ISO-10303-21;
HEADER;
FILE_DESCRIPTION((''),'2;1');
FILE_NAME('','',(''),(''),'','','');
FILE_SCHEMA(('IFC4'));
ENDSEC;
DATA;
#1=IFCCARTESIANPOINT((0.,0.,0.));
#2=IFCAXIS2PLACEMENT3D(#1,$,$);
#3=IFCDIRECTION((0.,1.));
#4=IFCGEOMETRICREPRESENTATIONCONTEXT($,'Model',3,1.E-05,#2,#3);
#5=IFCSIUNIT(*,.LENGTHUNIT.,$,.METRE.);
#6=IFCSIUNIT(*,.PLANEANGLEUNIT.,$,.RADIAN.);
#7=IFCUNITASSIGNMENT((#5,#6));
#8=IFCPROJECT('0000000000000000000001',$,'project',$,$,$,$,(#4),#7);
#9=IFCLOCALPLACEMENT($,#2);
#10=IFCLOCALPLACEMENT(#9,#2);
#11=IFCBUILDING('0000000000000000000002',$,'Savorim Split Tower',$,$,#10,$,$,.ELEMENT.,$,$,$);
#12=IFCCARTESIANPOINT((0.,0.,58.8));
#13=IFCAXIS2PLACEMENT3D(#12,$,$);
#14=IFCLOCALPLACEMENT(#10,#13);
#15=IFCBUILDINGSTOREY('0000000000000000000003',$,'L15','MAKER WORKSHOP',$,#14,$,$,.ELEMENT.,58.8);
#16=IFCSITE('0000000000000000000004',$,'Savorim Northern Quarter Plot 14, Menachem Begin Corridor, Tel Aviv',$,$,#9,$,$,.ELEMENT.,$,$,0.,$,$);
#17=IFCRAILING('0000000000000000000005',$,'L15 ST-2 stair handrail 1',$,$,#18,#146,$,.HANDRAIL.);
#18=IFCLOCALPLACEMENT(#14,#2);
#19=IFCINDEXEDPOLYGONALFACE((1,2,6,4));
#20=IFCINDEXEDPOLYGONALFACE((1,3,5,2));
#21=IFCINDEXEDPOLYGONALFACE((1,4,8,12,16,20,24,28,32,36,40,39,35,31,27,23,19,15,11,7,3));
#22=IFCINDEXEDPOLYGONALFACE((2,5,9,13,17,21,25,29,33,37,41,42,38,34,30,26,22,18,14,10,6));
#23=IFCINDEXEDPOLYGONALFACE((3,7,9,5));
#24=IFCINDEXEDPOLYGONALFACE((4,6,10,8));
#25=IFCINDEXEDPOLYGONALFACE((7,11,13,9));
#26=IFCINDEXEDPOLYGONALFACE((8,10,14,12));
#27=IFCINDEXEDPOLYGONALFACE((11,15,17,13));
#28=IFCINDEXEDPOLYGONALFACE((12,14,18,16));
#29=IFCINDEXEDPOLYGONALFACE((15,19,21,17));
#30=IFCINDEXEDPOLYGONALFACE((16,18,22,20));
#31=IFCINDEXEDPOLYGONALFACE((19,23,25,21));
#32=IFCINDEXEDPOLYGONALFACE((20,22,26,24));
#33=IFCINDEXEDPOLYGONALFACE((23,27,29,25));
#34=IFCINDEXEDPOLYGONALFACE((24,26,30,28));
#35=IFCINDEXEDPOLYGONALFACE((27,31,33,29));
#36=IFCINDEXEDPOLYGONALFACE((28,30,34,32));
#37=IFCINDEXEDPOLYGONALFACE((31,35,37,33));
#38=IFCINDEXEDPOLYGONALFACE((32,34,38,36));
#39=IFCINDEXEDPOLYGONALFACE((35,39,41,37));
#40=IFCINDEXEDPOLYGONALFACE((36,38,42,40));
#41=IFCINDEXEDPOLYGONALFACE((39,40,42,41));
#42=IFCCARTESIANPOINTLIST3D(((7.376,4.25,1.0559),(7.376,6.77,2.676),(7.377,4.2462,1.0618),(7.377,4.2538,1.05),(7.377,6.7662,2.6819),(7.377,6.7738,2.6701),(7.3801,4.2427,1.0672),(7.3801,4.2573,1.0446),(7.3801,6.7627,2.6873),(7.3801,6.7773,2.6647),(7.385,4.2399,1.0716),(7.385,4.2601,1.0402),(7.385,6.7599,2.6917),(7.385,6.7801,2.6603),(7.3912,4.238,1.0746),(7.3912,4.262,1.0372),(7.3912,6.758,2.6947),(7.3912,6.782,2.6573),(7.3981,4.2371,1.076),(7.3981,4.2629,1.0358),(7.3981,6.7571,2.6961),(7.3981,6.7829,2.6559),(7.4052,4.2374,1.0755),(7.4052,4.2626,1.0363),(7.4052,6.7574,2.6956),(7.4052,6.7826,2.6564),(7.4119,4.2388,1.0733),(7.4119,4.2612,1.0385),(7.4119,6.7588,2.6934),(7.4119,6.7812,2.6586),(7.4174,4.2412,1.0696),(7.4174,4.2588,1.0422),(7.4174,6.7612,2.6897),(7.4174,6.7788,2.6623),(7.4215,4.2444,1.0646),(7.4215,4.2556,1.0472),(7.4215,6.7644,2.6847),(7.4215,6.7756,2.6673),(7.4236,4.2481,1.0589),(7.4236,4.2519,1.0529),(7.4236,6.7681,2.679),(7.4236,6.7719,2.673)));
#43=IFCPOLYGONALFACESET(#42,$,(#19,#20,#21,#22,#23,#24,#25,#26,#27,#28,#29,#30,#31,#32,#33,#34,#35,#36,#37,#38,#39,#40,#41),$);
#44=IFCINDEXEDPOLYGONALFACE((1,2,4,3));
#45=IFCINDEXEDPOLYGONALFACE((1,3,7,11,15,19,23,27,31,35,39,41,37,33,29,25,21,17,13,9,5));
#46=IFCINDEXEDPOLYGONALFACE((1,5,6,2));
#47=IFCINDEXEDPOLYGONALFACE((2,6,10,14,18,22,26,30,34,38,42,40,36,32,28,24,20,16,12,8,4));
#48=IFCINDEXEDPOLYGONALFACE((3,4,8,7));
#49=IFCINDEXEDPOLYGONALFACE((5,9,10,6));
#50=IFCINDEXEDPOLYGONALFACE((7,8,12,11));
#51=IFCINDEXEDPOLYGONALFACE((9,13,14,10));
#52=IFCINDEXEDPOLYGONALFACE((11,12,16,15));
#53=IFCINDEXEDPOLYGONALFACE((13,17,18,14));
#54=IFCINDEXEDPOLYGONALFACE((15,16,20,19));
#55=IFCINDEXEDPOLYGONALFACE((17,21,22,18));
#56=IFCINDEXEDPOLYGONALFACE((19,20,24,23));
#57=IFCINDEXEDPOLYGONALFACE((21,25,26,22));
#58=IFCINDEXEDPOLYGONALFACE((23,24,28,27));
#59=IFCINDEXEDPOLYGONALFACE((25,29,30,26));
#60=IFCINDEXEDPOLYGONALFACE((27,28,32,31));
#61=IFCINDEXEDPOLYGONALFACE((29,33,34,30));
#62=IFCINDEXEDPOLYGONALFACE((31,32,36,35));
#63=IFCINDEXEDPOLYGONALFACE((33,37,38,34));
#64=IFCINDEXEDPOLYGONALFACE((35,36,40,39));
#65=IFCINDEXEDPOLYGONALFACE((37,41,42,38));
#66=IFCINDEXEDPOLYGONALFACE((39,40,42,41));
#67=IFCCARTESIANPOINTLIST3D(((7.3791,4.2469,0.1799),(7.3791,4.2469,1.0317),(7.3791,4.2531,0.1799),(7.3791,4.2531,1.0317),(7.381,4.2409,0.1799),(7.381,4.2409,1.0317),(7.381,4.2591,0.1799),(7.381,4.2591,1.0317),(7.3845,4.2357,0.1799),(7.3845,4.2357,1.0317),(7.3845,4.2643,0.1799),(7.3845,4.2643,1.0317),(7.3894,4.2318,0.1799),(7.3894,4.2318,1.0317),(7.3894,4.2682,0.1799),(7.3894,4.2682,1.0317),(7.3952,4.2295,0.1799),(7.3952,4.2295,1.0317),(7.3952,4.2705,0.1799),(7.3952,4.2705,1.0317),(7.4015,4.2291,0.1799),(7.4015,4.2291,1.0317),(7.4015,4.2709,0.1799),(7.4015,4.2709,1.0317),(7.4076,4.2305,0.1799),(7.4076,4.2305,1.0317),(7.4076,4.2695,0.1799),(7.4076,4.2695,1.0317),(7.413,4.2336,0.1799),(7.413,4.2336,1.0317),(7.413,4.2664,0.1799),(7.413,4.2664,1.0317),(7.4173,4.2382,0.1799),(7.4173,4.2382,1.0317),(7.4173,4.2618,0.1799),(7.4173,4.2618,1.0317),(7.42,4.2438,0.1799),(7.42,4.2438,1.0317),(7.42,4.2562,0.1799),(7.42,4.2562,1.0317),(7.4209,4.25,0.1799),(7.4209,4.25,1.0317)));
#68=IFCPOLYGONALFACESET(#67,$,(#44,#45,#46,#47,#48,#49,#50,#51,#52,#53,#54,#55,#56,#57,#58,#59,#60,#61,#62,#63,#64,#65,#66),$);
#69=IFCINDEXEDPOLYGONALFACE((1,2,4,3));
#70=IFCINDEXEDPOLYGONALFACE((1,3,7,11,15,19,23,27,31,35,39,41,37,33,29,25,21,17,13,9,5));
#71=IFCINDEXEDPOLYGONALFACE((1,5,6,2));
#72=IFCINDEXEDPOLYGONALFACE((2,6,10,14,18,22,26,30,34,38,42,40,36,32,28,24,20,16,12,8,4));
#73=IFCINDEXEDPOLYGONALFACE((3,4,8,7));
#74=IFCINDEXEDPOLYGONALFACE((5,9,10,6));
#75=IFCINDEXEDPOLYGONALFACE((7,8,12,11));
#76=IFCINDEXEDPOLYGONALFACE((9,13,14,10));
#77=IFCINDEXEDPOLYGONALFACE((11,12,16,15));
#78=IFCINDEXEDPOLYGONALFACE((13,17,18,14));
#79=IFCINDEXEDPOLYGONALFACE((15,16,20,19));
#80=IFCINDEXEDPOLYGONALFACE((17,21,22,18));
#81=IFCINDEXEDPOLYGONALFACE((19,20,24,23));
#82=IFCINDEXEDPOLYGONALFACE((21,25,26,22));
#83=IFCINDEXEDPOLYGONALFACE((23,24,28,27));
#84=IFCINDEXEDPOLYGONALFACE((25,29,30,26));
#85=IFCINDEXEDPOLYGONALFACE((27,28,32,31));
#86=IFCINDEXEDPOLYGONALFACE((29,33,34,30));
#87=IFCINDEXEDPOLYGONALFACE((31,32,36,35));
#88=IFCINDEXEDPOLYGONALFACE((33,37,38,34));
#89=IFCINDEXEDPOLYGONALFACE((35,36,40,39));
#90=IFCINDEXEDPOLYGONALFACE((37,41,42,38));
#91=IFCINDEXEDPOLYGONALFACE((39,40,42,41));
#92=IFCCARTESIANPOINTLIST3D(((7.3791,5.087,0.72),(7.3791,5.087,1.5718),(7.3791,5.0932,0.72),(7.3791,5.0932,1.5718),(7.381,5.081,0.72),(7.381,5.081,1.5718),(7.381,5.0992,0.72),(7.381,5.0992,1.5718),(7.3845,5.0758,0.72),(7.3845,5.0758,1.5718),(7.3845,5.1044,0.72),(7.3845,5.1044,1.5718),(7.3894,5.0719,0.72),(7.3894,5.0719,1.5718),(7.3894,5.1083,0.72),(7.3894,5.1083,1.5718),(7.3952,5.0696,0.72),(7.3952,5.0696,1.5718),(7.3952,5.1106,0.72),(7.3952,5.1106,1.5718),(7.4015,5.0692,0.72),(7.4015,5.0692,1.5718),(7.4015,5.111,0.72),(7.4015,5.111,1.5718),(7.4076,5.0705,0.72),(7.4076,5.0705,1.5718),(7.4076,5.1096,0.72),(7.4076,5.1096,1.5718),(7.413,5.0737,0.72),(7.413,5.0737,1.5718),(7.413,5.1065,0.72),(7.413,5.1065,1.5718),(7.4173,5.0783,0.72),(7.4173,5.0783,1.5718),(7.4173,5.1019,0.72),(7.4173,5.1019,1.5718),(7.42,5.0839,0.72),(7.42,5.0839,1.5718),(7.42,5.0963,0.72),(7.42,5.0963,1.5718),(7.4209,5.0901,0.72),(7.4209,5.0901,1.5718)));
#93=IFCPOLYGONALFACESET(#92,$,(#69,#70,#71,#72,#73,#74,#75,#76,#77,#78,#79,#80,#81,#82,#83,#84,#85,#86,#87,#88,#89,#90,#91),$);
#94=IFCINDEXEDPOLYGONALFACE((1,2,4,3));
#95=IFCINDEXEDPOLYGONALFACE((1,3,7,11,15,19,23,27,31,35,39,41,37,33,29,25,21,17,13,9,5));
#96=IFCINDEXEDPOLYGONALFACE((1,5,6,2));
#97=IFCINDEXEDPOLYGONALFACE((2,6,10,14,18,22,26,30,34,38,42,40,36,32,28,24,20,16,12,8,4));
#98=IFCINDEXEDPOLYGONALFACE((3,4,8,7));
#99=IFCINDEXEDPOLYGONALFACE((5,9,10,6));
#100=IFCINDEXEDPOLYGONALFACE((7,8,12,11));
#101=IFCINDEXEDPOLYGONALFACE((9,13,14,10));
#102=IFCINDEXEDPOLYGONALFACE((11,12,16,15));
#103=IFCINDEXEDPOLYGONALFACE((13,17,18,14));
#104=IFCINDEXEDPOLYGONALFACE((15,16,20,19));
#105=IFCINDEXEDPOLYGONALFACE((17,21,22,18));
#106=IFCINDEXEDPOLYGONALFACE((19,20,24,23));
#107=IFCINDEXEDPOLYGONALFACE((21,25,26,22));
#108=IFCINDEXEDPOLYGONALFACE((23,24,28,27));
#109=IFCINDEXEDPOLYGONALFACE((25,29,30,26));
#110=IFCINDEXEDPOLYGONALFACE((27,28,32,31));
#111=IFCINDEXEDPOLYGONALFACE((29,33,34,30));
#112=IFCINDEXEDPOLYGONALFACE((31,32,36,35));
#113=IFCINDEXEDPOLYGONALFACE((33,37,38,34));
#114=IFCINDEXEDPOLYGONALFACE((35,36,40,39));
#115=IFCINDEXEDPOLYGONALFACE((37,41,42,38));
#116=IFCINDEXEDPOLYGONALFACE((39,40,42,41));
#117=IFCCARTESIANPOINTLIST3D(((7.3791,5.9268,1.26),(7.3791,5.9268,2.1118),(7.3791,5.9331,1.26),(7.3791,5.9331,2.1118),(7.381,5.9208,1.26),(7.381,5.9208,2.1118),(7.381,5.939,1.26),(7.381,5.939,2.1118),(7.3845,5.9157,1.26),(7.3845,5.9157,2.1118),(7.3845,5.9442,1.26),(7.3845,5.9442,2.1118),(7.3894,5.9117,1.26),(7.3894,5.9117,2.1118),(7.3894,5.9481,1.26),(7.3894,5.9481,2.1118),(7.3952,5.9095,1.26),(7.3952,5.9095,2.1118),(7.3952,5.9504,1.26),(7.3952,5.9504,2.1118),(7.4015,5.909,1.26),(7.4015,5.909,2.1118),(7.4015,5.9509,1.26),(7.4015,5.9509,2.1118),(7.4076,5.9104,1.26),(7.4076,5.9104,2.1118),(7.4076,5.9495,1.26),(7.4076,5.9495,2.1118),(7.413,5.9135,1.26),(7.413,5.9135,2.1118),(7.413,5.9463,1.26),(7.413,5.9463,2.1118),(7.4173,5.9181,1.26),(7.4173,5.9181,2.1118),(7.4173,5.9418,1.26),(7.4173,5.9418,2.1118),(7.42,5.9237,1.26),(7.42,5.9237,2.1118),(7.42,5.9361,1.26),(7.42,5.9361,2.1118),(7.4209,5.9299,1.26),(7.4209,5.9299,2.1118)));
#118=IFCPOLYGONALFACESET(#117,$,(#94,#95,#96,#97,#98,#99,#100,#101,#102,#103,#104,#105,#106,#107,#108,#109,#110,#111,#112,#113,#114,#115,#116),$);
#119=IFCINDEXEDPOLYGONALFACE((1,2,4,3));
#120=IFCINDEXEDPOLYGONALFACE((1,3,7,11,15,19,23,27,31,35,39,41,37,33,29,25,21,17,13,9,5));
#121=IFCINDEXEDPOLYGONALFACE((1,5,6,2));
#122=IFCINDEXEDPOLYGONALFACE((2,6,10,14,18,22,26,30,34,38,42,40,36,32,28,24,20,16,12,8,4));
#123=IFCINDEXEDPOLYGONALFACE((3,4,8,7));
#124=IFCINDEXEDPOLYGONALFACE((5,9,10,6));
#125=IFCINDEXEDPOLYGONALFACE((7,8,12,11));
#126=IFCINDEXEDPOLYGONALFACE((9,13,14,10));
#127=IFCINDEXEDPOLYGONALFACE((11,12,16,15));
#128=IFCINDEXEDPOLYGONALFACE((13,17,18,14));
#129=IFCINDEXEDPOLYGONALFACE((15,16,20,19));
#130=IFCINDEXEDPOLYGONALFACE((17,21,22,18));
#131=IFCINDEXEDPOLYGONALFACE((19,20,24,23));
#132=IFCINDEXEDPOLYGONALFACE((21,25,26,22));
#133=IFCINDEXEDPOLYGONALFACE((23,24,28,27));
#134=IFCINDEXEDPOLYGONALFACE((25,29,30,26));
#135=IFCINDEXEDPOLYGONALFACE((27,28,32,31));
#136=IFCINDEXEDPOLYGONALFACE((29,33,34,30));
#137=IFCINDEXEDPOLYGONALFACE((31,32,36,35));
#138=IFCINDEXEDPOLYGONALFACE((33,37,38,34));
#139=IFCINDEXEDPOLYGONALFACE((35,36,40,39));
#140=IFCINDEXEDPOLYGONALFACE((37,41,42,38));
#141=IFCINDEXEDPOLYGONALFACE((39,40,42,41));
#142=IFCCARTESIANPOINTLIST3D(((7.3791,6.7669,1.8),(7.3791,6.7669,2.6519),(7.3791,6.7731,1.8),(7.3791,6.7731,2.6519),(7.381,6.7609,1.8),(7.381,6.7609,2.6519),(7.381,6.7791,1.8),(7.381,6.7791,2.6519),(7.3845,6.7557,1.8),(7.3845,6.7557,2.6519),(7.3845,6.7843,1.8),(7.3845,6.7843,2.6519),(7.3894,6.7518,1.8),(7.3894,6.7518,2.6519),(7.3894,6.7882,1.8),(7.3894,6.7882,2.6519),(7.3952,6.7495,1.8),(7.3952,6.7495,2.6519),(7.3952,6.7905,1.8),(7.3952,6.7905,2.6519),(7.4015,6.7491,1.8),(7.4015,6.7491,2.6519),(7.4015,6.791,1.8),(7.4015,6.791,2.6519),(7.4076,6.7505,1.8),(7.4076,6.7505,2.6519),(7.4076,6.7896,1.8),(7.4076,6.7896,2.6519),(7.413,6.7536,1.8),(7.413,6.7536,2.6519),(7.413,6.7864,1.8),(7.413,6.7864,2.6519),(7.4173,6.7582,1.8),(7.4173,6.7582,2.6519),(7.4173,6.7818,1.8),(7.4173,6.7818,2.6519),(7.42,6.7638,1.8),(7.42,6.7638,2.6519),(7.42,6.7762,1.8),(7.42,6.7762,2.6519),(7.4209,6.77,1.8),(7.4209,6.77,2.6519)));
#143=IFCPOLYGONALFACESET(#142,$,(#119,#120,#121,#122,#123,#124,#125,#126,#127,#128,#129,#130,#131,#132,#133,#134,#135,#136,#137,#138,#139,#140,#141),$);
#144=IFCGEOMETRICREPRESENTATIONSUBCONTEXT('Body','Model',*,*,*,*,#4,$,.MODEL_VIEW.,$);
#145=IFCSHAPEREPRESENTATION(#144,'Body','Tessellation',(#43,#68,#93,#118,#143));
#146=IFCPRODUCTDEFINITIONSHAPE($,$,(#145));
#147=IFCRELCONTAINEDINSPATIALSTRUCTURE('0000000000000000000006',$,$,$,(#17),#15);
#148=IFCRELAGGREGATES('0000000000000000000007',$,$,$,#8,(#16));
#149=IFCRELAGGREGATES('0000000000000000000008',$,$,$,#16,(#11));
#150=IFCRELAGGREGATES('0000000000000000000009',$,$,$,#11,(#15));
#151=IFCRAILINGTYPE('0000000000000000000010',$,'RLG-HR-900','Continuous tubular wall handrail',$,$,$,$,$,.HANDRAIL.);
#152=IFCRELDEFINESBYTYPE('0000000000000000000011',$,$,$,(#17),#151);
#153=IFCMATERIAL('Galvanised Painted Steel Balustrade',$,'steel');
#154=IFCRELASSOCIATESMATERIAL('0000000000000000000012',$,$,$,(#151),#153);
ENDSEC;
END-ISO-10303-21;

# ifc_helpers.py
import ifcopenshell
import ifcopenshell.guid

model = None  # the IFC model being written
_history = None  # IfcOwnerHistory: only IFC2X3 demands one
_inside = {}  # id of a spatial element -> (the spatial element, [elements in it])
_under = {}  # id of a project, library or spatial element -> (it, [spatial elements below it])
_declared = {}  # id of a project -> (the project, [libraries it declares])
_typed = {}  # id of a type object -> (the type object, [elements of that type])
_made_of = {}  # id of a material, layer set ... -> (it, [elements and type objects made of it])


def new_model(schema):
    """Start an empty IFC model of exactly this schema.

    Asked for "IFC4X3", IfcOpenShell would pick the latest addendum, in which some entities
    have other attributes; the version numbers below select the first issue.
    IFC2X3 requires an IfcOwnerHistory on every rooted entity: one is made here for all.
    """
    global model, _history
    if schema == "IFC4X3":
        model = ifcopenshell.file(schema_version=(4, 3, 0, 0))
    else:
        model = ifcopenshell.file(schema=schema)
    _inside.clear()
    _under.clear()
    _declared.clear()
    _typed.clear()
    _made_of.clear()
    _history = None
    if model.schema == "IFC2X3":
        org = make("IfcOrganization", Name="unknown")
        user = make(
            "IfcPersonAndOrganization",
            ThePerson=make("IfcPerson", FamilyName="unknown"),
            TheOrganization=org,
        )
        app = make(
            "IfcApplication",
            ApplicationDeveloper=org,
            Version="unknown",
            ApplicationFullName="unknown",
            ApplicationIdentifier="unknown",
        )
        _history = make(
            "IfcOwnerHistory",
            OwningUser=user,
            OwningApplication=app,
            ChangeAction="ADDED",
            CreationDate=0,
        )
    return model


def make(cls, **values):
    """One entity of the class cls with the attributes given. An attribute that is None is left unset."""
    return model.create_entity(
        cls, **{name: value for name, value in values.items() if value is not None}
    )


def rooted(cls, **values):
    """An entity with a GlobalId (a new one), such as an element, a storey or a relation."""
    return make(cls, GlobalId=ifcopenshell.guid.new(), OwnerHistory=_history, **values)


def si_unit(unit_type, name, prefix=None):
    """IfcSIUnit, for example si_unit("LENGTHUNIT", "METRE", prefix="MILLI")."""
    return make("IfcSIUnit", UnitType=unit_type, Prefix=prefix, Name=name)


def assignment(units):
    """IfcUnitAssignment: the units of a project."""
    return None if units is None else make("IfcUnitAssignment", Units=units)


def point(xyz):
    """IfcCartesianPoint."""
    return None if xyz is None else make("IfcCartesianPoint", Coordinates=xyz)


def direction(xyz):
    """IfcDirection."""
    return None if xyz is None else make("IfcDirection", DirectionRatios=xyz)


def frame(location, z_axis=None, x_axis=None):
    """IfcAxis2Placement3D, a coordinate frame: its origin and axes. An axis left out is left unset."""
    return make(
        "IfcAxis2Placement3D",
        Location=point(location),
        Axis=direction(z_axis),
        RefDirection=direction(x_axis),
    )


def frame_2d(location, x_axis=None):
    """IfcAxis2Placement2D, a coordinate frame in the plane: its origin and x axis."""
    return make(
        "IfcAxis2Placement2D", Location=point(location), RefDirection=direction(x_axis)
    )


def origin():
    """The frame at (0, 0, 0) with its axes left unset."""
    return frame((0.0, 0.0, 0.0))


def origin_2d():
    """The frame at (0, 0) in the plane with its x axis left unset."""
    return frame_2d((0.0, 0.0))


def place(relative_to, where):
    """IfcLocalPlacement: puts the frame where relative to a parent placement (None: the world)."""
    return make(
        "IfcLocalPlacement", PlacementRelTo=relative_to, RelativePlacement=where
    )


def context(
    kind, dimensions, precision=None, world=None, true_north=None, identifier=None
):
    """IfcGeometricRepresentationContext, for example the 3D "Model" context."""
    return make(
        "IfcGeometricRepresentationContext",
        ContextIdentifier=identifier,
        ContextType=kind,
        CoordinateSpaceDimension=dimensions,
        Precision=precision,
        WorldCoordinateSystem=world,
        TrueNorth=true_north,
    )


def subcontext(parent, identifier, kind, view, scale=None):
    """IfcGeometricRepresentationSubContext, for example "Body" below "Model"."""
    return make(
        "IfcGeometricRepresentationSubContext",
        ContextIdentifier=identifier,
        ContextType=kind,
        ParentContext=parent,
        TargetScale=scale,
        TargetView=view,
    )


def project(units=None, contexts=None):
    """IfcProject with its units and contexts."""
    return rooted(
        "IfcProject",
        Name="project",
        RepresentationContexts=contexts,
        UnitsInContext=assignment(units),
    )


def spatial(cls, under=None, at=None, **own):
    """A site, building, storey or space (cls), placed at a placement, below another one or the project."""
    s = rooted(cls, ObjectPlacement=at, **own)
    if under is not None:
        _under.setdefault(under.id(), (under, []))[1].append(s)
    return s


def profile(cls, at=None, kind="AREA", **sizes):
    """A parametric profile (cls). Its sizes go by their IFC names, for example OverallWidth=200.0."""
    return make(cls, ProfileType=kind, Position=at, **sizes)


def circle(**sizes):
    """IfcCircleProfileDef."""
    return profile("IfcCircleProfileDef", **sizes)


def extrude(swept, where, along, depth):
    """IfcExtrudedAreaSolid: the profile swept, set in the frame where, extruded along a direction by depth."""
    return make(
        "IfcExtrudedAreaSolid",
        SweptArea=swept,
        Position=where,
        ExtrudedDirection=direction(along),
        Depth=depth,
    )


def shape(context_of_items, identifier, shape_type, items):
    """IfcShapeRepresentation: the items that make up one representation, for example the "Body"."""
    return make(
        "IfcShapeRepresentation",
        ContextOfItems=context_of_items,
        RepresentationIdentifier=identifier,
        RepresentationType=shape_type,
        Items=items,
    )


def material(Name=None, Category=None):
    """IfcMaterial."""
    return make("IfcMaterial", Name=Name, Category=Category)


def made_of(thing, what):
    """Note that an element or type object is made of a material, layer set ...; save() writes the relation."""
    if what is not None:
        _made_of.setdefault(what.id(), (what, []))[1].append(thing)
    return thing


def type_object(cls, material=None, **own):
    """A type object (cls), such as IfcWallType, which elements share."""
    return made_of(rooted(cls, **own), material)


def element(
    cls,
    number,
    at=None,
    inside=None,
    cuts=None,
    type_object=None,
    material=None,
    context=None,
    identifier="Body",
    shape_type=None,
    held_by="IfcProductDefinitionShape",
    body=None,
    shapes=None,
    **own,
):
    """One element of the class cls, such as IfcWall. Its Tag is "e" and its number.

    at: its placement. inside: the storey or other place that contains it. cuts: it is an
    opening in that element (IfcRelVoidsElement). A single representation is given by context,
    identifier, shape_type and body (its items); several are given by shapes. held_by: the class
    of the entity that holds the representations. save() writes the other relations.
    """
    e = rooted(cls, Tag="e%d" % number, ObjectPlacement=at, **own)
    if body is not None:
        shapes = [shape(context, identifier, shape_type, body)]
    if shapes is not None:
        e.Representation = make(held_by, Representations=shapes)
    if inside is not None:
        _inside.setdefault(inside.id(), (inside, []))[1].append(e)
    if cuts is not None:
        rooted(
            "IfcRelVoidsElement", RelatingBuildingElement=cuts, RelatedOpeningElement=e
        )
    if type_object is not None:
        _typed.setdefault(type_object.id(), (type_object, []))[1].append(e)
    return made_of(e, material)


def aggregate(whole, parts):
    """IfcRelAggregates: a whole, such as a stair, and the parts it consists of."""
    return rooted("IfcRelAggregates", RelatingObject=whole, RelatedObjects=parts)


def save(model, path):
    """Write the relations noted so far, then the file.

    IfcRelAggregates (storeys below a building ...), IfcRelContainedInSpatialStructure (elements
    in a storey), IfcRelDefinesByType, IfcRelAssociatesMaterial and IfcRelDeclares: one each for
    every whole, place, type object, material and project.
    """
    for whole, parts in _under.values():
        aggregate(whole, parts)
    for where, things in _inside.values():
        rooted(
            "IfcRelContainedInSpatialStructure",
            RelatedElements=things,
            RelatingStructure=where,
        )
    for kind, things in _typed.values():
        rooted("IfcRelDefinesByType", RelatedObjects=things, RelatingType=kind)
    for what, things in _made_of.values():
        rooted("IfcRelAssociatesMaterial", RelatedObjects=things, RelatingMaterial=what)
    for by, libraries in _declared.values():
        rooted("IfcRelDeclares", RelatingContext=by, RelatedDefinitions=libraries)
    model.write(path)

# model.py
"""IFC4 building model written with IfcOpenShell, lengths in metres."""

from ifc_helpers import new_model, si_unit, direction, frame, origin, origin_2d, place, context, subcontext, project, spatial, circle, extrude, material, type_object, element, save


model = new_model("IFC4")

# Units and contexts
model_context = context("Model", 3, precision=1e-05, world=origin(), true_north=direction((0.0, 1.0)))
body_context = subcontext(model_context, "Body", "Model", "MODEL_VIEW")
ifc_project = project(units=[si_unit("LENGTHUNIT", "METRE"), si_unit("PLANEANGLEUNIT", "RADIAN")], contexts=[model_context])

# Site, building, storey
site_placement = place(None, origin())
site = spatial("IfcSite", under=ifc_project, at=site_placement, Name="Savorim Northern Quarter Plot 14, Menachem Begin Corridor, Tel Aviv", CompositionType="ELEMENT", RefElevation=0.0)
building_placement = place(site_placement, origin())
building = spatial("IfcBuilding", under=site, at=building_placement, Name="Savorim Split Tower", CompositionType="ELEMENT")
storey_placement = place(building_placement, frame((0.0, 0.0, 58.8)))
storey = spatial("IfcBuildingStorey", under=building, at=storey_placement, Name="L15", Description="MAKER WORKSHOP", CompositionType="ELEMENT", Elevation=58.8)

# Railing
ifc_material_1 = material(Name="Galvanised Painted Steel Balustrade", Category="steel")
railing_type_1 = type_object("IfcRailingType", Name="RLG-HR-900", Description="Continuous tubular wall handrail", PredefinedType="HANDRAIL", material=ifc_material_1)
railing_1_placement = place(storey_placement, frame((7.3999, 4.25, 0.1799)))
element("IfcRailing", 1, at=railing_1_placement, inside=storey, type_object=railing_type_1, Name="L15 ST-2 stair handrail 1", PredefinedType="HANDRAIL", context=body_context, shape_type="SweptSolid", body=[
    extrude(circle(Radius=0.0239, at=origin_2d()), frame((0.0, 0.0, 0.876), z_axis=(0.0, 0.841163, 0.540782), x_axis=(-1.0, 0.0, 0.0)), (0.0, 0.0, 1.0), 2.9958),
    extrude(circle(Radius=0.021, at=origin_2d()), origin(), (0.0, 0.0, 1.0), 0.8518),
    extrude(circle(Radius=0.021, at=origin_2d()), frame((0.0, 0.8401, 0.54)), (0.0, 0.0, 1.0), 0.8518),
    extrude(circle(Radius=0.021, at=origin_2d()), frame((0.0, 1.6799, 1.0801)), (0.0, 0.0, 1.0), 0.8518),
    extrude(circle(Radius=0.021, at=origin_2d()), frame((0.0, 2.52, 1.6201)), (0.0, 0.0, 1.0), 0.8518),
])

save(model, "model.ifc")
